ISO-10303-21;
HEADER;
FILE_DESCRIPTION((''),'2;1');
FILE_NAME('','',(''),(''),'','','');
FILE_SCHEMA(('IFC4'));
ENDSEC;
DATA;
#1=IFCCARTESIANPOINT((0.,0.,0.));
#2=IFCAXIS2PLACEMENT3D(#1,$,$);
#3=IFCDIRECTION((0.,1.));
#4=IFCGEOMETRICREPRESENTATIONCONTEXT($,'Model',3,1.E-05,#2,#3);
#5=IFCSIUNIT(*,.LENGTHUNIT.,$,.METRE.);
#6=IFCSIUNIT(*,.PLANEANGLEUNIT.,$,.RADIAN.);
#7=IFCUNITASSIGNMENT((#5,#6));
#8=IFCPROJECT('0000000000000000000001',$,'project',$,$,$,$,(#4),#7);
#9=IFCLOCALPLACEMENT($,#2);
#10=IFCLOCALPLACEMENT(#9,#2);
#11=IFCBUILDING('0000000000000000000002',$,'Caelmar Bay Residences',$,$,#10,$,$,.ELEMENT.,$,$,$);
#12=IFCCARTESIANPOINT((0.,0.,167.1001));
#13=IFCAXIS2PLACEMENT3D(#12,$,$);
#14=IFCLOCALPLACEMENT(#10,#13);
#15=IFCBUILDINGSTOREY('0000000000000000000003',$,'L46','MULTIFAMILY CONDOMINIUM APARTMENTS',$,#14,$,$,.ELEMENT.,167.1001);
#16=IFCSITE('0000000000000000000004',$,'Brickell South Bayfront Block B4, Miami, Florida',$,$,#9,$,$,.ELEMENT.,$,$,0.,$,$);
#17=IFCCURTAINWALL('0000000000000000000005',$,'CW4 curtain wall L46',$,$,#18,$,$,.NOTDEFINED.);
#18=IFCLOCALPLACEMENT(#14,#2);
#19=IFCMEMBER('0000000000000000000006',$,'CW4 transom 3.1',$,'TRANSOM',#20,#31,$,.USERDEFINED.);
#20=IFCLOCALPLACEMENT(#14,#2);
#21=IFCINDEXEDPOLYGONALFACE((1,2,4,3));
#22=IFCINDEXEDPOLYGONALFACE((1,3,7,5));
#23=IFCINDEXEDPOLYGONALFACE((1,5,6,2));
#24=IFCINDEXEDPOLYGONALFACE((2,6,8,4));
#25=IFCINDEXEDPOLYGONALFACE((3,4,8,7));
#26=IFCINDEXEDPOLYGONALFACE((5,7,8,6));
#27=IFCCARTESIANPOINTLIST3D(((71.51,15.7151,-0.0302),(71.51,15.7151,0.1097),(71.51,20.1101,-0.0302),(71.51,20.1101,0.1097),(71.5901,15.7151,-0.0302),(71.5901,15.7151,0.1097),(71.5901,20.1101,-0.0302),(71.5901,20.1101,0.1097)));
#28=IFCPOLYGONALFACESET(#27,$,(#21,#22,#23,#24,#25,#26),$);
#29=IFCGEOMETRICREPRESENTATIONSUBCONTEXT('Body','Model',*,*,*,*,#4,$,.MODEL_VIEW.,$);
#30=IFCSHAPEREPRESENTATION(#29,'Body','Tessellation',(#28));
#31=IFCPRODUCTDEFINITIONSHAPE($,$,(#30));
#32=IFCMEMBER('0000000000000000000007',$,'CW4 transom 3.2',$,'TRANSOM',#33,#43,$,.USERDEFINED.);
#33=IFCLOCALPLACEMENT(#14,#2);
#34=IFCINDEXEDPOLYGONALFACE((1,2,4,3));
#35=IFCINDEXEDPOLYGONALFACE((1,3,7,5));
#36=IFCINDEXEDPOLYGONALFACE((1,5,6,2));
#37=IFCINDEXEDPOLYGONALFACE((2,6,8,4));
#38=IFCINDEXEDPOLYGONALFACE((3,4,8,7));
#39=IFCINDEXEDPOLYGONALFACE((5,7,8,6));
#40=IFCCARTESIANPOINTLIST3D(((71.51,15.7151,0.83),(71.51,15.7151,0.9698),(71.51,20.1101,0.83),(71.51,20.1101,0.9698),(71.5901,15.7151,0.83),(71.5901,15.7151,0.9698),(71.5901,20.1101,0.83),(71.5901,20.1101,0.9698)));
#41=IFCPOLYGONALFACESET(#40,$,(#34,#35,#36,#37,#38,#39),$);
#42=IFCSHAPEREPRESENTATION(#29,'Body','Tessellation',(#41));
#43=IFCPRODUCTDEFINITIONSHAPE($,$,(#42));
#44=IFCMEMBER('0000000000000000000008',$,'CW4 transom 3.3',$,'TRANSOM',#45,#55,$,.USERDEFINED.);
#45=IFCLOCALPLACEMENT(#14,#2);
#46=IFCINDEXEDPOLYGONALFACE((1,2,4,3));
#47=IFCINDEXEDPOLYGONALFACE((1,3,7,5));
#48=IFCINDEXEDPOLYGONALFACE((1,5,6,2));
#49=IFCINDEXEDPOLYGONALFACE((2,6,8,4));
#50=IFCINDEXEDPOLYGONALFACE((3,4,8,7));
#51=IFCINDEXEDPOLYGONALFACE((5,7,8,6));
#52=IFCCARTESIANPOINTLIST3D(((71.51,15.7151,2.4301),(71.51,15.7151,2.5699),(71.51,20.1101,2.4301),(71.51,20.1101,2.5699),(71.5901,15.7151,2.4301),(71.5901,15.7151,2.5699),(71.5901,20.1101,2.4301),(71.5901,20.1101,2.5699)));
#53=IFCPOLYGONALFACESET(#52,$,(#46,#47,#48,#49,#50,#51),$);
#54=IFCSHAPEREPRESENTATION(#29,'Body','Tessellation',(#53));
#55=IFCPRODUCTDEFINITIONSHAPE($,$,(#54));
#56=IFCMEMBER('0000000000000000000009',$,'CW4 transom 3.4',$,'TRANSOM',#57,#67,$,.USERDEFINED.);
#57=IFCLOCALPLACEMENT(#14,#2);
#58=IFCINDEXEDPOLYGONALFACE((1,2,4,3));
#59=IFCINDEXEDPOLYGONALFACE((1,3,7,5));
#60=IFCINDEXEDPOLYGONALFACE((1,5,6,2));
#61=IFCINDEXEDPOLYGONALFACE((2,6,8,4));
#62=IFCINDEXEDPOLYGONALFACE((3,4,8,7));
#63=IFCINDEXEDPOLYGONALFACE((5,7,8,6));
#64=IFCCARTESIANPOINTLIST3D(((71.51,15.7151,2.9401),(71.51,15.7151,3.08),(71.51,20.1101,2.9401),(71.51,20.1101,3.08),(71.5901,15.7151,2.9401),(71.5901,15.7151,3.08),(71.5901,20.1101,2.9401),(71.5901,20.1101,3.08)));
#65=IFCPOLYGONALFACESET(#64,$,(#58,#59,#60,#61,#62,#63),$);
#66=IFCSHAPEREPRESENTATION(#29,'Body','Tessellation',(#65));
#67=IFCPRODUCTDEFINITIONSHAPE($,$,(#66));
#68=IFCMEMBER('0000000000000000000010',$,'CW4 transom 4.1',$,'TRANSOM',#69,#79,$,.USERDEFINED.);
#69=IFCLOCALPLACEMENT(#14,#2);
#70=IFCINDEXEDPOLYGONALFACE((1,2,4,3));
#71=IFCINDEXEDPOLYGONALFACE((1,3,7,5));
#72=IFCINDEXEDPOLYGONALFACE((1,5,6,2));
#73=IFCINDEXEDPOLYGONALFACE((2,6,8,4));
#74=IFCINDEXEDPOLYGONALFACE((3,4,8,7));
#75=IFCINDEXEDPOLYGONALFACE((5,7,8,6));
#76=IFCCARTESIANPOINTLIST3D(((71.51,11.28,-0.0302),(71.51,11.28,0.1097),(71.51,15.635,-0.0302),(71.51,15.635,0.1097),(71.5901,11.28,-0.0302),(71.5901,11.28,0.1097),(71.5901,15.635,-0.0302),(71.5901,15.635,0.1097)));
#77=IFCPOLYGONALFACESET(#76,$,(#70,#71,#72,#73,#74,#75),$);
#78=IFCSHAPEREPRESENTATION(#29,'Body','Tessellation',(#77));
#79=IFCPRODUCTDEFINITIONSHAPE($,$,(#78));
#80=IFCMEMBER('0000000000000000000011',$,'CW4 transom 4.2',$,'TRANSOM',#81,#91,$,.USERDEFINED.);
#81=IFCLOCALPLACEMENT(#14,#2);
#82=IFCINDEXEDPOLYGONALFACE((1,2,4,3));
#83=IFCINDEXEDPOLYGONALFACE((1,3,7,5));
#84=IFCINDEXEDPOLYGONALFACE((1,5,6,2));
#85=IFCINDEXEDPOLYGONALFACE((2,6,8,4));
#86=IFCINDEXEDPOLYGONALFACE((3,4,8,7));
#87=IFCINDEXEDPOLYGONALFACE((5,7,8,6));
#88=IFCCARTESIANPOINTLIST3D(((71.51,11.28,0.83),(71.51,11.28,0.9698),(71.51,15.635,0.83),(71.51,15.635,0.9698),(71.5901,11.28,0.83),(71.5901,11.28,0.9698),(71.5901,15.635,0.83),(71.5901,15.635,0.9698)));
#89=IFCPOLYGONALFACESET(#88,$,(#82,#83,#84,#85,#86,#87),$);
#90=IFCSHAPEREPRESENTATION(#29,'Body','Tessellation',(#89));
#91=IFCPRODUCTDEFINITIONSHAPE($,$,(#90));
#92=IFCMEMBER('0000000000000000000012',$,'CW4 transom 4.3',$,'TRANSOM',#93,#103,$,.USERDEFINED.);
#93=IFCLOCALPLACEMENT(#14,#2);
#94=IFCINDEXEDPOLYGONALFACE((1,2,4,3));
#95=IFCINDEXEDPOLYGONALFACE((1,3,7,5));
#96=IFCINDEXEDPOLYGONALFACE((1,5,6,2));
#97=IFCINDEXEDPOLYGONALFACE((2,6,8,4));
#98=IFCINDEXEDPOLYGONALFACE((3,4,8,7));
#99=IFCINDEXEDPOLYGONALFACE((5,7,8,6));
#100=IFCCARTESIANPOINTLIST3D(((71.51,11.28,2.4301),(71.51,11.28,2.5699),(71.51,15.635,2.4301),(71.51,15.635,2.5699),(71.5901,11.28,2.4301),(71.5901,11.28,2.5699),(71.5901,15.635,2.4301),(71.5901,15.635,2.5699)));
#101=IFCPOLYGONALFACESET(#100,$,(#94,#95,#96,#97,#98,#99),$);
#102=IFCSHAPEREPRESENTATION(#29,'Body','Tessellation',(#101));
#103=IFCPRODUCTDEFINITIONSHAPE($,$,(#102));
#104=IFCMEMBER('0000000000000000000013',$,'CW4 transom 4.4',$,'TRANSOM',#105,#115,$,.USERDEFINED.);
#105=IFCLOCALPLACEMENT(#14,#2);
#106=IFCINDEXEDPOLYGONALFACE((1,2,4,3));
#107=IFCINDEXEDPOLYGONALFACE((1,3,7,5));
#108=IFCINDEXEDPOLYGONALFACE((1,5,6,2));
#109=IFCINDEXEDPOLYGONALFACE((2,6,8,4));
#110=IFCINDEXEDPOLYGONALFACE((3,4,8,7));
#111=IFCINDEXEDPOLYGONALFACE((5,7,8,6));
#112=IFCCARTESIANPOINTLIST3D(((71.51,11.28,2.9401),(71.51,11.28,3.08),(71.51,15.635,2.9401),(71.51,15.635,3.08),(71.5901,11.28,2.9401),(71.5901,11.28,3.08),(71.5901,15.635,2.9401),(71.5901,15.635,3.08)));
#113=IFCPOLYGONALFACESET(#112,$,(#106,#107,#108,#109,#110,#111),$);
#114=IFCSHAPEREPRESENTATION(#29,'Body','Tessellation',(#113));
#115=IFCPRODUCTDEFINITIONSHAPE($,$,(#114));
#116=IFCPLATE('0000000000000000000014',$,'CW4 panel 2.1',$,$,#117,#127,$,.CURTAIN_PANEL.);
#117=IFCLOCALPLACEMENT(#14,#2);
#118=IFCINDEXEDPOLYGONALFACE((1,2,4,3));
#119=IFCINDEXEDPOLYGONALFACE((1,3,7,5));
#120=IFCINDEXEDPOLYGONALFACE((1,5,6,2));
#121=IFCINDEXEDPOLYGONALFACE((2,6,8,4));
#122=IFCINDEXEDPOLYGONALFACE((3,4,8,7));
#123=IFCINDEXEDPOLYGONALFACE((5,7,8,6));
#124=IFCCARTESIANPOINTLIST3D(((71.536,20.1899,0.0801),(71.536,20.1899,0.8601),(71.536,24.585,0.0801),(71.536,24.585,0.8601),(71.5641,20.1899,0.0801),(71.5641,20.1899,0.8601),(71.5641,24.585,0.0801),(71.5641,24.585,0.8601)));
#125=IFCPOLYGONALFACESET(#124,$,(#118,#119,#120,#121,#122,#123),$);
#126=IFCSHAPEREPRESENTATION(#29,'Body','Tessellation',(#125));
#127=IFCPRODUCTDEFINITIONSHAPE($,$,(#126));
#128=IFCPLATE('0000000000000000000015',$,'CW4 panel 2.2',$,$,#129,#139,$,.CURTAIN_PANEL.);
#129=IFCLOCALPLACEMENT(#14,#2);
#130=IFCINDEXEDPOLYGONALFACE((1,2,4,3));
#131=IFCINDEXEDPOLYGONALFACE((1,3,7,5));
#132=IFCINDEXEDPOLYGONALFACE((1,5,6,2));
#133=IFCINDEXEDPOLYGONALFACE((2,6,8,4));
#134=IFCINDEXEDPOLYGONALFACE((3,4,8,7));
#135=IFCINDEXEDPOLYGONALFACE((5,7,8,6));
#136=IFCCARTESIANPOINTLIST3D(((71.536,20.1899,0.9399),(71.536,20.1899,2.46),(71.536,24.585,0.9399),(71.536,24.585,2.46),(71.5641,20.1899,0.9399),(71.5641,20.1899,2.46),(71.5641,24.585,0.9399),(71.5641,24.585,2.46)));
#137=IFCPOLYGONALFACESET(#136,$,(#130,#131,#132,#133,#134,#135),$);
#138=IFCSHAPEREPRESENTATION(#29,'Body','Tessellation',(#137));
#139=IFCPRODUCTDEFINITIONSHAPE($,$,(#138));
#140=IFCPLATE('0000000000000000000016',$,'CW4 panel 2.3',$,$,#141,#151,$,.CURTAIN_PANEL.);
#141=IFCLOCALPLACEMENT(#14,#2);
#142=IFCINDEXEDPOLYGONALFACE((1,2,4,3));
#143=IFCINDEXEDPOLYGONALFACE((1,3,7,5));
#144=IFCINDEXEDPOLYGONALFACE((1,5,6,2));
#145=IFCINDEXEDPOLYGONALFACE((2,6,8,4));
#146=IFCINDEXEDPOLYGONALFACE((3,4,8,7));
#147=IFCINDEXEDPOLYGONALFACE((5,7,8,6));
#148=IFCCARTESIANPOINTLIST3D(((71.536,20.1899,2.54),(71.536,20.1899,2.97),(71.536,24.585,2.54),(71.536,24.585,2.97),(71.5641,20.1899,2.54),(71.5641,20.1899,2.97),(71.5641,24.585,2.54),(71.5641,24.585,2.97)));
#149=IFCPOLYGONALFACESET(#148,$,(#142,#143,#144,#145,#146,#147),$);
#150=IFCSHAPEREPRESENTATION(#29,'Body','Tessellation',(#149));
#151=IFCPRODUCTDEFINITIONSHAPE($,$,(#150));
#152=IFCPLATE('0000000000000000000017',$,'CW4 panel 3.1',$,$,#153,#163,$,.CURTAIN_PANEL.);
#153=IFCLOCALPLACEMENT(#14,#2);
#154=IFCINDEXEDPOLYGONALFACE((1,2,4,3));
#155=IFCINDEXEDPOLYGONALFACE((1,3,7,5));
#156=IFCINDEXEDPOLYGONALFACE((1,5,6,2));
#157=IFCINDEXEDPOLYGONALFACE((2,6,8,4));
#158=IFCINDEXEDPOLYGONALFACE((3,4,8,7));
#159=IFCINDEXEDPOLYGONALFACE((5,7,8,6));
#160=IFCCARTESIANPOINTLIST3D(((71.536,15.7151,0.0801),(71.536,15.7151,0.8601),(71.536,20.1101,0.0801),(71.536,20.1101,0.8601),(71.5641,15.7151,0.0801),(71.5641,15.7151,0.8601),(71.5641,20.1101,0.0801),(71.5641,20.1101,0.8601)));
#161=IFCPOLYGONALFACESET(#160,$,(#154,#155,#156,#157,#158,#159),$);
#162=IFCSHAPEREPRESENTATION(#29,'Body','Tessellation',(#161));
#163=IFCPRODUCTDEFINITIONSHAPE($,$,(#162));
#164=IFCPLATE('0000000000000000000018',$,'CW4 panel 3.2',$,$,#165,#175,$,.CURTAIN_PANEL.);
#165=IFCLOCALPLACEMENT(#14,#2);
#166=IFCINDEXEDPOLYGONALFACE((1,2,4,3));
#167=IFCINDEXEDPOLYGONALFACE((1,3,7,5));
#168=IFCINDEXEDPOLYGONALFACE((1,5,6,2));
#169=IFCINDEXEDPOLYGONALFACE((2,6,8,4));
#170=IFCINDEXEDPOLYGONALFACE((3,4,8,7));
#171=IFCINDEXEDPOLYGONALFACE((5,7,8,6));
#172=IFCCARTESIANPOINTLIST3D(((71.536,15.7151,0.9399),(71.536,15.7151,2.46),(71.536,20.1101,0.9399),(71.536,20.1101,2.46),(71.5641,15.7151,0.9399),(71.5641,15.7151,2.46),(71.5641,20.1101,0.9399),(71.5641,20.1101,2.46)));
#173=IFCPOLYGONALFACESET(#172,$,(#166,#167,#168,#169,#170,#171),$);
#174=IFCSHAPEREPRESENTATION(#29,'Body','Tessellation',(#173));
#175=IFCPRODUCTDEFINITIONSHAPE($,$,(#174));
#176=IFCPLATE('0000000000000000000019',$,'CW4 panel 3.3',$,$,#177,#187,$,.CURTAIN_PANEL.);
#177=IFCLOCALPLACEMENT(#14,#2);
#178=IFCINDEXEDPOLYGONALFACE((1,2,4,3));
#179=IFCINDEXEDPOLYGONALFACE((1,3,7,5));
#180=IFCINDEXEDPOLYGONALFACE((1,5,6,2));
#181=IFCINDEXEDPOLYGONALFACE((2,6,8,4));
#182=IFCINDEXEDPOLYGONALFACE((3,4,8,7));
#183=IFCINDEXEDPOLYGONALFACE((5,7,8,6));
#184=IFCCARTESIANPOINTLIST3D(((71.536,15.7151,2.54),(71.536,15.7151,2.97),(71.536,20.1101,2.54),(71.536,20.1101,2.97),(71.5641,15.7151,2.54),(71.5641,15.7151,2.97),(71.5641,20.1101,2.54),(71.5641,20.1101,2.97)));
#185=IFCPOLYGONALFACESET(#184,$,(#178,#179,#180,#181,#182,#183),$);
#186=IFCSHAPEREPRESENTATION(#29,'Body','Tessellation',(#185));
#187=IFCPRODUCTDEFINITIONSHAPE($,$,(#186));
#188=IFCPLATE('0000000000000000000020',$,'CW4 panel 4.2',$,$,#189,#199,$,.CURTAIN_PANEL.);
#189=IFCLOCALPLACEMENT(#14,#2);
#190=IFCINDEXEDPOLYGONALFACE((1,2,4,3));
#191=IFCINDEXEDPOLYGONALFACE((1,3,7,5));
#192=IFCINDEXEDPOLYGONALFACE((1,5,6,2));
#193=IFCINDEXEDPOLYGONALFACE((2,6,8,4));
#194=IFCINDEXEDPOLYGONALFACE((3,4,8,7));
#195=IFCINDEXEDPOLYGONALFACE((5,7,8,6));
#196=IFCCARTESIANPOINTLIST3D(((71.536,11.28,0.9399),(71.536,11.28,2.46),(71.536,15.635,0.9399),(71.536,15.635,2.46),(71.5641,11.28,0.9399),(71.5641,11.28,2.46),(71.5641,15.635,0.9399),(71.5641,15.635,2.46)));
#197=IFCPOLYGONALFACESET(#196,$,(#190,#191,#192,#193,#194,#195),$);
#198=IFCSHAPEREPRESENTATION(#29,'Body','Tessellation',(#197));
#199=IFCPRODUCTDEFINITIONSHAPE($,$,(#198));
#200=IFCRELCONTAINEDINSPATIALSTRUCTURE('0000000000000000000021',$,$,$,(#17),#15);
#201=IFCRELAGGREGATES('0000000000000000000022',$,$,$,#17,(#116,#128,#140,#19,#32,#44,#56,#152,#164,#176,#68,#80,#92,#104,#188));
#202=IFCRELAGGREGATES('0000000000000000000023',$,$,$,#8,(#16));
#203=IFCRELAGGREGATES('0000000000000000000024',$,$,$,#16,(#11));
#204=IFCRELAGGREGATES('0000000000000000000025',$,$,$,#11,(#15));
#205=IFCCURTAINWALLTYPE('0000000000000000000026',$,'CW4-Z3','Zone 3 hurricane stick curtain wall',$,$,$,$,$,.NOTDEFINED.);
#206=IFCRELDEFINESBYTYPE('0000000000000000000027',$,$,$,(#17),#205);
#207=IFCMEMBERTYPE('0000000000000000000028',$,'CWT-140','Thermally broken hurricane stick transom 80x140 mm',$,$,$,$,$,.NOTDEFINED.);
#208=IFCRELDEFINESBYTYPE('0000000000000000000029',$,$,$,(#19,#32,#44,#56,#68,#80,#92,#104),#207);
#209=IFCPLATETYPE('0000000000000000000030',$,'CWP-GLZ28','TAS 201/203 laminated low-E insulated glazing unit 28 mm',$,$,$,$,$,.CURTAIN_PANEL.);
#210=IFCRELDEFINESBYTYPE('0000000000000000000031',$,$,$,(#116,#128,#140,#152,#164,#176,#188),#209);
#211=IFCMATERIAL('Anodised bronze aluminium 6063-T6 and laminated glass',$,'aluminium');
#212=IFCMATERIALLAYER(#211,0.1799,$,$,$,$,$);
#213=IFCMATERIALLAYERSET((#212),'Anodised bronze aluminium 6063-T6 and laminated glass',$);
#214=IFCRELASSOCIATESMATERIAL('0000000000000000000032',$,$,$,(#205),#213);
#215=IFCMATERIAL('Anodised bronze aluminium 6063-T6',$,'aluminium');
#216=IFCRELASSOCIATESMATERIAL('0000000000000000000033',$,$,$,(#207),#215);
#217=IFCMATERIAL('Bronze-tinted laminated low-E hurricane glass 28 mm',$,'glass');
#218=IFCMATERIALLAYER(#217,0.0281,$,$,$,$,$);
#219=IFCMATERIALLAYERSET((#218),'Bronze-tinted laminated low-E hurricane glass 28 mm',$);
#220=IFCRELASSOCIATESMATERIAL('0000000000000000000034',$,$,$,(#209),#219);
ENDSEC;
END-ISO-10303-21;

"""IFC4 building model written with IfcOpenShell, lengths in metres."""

from ifc_helpers import new_model, si_unit, direction, frame, origin, origin_2d, place, context, subcontext, project, spatial, rectangle, extrude, material, layer, layer_set, material_profile, profile_set, type_object, element, aggregate, save


model = new_model("IFC4")

# Units and contexts
model_context = context("Model", 3, precision=1e-05, world=origin(), true_north=direction((0.0, 1.0)))
body_context = subcontext(model_context, "Body", "Model", "MODEL_VIEW")
ifc_project = project(units=[si_unit("LENGTHUNIT", "METRE"), si_unit("PLANEANGLEUNIT", "RADIAN")], contexts=[model_context])

# Site, building, storey
site_placement = place(None, origin())
site = spatial("IfcSite", under=ifc_project, at=site_placement, Name="Brickell South Bayfront Block B4, Miami, Florida", CompositionType="ELEMENT", RefElevation=0.0)
building_placement = place(site_placement, origin())
building = spatial("IfcBuilding", under=site, at=building_placement, Name="Caelmar Bay Residences", CompositionType="ELEMENT")
storey_placement = place(building_placement, frame((0.0, 0.0, 167.1001)))
storey = spatial("IfcBuildingStorey", under=building, at=storey_placement, Name="L46", Description="MULTIFAMILY CONDOMINIUM APARTMENTS", CompositionType="ELEMENT", Elevation=167.1001)

# Curtain wall, members, plates
ifc_material_1 = material(Name="Anodised bronze aluminium 6063-T6 and laminated glass", Category="aluminium")
ifc_layer_1 = layer(ifc_material_1, 0.1799)
ifc_layer_set_1 = layer_set([ifc_layer_1], Name="Anodised bronze aluminium 6063-T6 and laminated glass")
curtain_wall_type = type_object("IfcCurtainWallType", Name="CW4-Z3", Description="Zone 3 hurricane stick curtain wall", PredefinedType="NOTDEFINED", material=ifc_layer_set_1)
curtain_wall_placement = place(storey_placement, origin())
curtain_wall = element("IfcCurtainWall", 1, at=curtain_wall_placement, inside=storey, type_object=curtain_wall_type, Name="CW4 curtain wall L46", PredefinedType="NOTDEFINED")
ifc_material_2 = material(Name="Anodised bronze aluminium 6063-T6", Category="aluminium")
ifc_material_profile_1 = material_profile(ifc_material_2, rectangle(XDim=0.0801, YDim=0.1399, at=origin_2d()), Name="CWT-80X140")
ifc_profile_set_1 = profile_set([ifc_material_profile_1], Name="Anodised bronze aluminium 6063-T6")
member_type_1 = type_object("IfcMemberType", Name="CWT-140", Description="Thermally broken hurricane stick transom 80x140 mm", PredefinedType="NOTDEFINED", material=ifc_profile_set_1)
member_1_placement = place(storey_placement, frame((71.55, 20.1101, 0.0398), z_axis=(0.0, -1.0, 0.0), x_axis=(1.0, 0.0, 0.0)))
member_1 = element("IfcMember", 2, at=member_1_placement, type_object=member_type_1, Name="CW4 transom 3.1", ObjectType="TRANSOM", PredefinedType="USERDEFINED", context=body_context, shape_type="SweptSolid", body=[
    extrude(rectangle(XDim=0.0801, YDim=0.1399, at=origin_2d()), origin(), (0.0, 0.0, 1.0), 4.395),
])
member_2_placement = place(storey_placement, frame((71.55, 20.1101, 0.8999), z_axis=(0.0, -1.0, 0.0), x_axis=(1.0, 0.0, 0.0)))
member_2 = element("IfcMember", 3, at=member_2_placement, type_object=member_type_1, Name="CW4 transom 3.2", ObjectType="TRANSOM", PredefinedType="USERDEFINED", context=body_context, shape_type="SweptSolid", body=[
    extrude(rectangle(XDim=0.0801, YDim=0.1399, at=origin_2d()), origin(), (0.0, 0.0, 1.0), 4.395),
])
member_3_placement = place(storey_placement, frame((71.55, 20.1101, 2.5), z_axis=(0.0, -1.0, 0.0), x_axis=(1.0, 0.0, 0.0)))
member_3 = element("IfcMember", 4, at=member_3_placement, type_object=member_type_1, Name="CW4 transom 3.3", ObjectType="TRANSOM", PredefinedType="USERDEFINED", context=body_context, shape_type="SweptSolid", body=[
    extrude(rectangle(XDim=0.0801, YDim=0.1399, at=origin_2d()), origin(), (0.0, 0.0, 1.0), 4.395),
])
member_4_placement = place(storey_placement, frame((71.55, 20.1101, 3.01), z_axis=(0.0, -1.0, 0.0), x_axis=(1.0, 0.0, 0.0)))
member_4 = element("IfcMember", 5, at=member_4_placement, type_object=member_type_1, Name="CW4 transom 3.4", ObjectType="TRANSOM", PredefinedType="USERDEFINED", context=body_context, shape_type="SweptSolid", body=[
    extrude(rectangle(XDim=0.0801, YDim=0.1399, at=origin_2d()), origin(), (0.0, 0.0, 1.0), 4.395),
])
member_5_placement = place(storey_placement, frame((71.55, 15.635, 0.0398), z_axis=(0.0, -1.0, 0.0), x_axis=(1.0, 0.0, 0.0)))
member_5 = element("IfcMember", 6, at=member_5_placement, type_object=member_type_1, Name="CW4 transom 4.1", ObjectType="TRANSOM", PredefinedType="USERDEFINED", context=body_context, shape_type="SweptSolid", body=[
    extrude(rectangle(XDim=0.0801, YDim=0.1399, at=origin_2d()), origin(), (0.0, 0.0, 1.0), 4.355),
])
member_6_placement = place(storey_placement, frame((71.55, 15.635, 0.8999), z_axis=(0.0, -1.0, 0.0), x_axis=(1.0, 0.0, 0.0)))
member_6 = element("IfcMember", 7, at=member_6_placement, type_object=member_type_1, Name="CW4 transom 4.2", ObjectType="TRANSOM", PredefinedType="USERDEFINED", context=body_context, shape_type="SweptSolid", body=[
    extrude(rectangle(XDim=0.0801, YDim=0.1399, at=origin_2d()), origin(), (0.0, 0.0, 1.0), 4.355),
])
member_7_placement = place(storey_placement, frame((71.55, 15.635, 2.5), z_axis=(0.0, -1.0, 0.0), x_axis=(1.0, 0.0, 0.0)))
member_7 = element("IfcMember", 8, at=member_7_placement, type_object=member_type_1, Name="CW4 transom 4.3", ObjectType="TRANSOM", PredefinedType="USERDEFINED", context=body_context, shape_type="SweptSolid", body=[
    extrude(rectangle(XDim=0.0801, YDim=0.1399, at=origin_2d()), origin(), (0.0, 0.0, 1.0), 4.355),
])
member_8_placement = place(storey_placement, frame((71.55, 15.635, 3.01), z_axis=(0.0, -1.0, 0.0), x_axis=(1.0, 0.0, 0.0)))
member_8 = element("IfcMember", 9, at=member_8_placement, type_object=member_type_1, Name="CW4 transom 4.4", ObjectType="TRANSOM", PredefinedType="USERDEFINED", context=body_context, shape_type="SweptSolid", body=[
    extrude(rectangle(XDim=0.0801, YDim=0.1399, at=origin_2d()), origin(), (0.0, 0.0, 1.0), 4.355),
])
ifc_material_3 = material(Name="Bronze-tinted laminated low-E hurricane glass 28 mm", Category="glass")
ifc_layer_2 = layer(ifc_material_3, 0.0281)
ifc_layer_set_2 = layer_set([ifc_layer_2], Name="Bronze-tinted laminated low-E hurricane glass 28 mm")
plate_type = type_object("IfcPlateType", Name="CWP-GLZ28", Description="TAS 201/203 laminated low-E insulated glazing unit 28 mm", PredefinedType="CURTAIN_PANEL", material=ifc_layer_set_2)
plate_1_placement = place(storey_placement, frame((71.55, 22.3875, 0.0801), z_axis=(0.0, 0.0, 1.0), x_axis=(0.0, -1.0, 0.0)))
plate_1 = element("IfcPlate", 10, at=plate_1_placement, type_object=plate_type, Name="CW4 panel 2.1", PredefinedType="CURTAIN_PANEL", context=body_context, shape_type="SweptSolid", body=[
    extrude(rectangle(XDim=4.395, YDim=0.0281, at=origin_2d()), origin(), (0.0, 0.0, 1.0), 0.78),
])
plate_2_placement = place(storey_placement, frame((71.55, 22.3875, 0.9399), z_axis=(0.0, 0.0, 1.0), x_axis=(0.0, -1.0, 0.0)))
plate_2 = element("IfcPlate", 11, at=plate_2_placement, type_object=plate_type, Name="CW4 panel 2.2", PredefinedType="CURTAIN_PANEL", context=body_context, shape_type="SweptSolid", body=[
    extrude(rectangle(XDim=4.395, YDim=0.0281, at=origin_2d()), origin(), (0.0, 0.0, 1.0), 1.52),
])
plate_3_placement = place(storey_placement, frame((71.55, 22.3875, 2.54), z_axis=(0.0, 0.0, 1.0), x_axis=(0.0, -1.0, 0.0)))
plate_3 = element("IfcPlate", 12, at=plate_3_placement, type_object=plate_type, Name="CW4 panel 2.3", PredefinedType="CURTAIN_PANEL", context=body_context, shape_type="SweptSolid", body=[
    extrude(rectangle(XDim=4.395, YDim=0.0281, at=origin_2d()), origin(), (0.0, 0.0, 1.0), 0.4299),
])
plate_4_placement = place(storey_placement, frame((71.55, 17.9126, 0.0801), z_axis=(0.0, 0.0, 1.0), x_axis=(0.0, -1.0, 0.0)))
plate_4 = element("IfcPlate", 13, at=plate_4_placement, type_object=plate_type, Name="CW4 panel 3.1", PredefinedType="CURTAIN_PANEL", context=body_context, shape_type="SweptSolid", body=[
    extrude(rectangle(XDim=4.395, YDim=0.0281, at=origin_2d()), origin(), (0.0, 0.0, 1.0), 0.78),
])
plate_5_placement = place(storey_placement, frame((71.55, 17.9126, 0.9399), z_axis=(0.0, 0.0, 1.0), x_axis=(0.0, -1.0, 0.0)))
plate_5 = element("IfcPlate", 14, at=plate_5_placement, type_object=plate_type, Name="CW4 panel 3.2", PredefinedType="CURTAIN_PANEL", context=body_context, shape_type="SweptSolid", body=[
    extrude(rectangle(XDim=4.395, YDim=0.0281, at=origin_2d()), origin(), (0.0, 0.0, 1.0), 1.52),
])
plate_6_placement = place(storey_placement, frame((71.55, 17.9126, 2.54), z_axis=(0.0, 0.0, 1.0), x_axis=(0.0, -1.0, 0.0)))
plate_6 = element("IfcPlate", 15, at=plate_6_placement, type_object=plate_type, Name="CW4 panel 3.3", PredefinedType="CURTAIN_PANEL", context=body_context, shape_type="SweptSolid", body=[
    extrude(rectangle(XDim=4.395, YDim=0.0281, at=origin_2d()), origin(), (0.0, 0.0, 1.0), 0.4299),
])
plate_7_placement = place(storey_placement, frame((71.55, 13.4575, 0.9399), z_axis=(0.0, 0.0, 1.0), x_axis=(0.0, -1.0, 0.0)))
plate_7 = element("IfcPlate", 16, at=plate_7_placement, type_object=plate_type, Name="CW4 panel 4.2", PredefinedType="CURTAIN_PANEL", context=body_context, shape_type="SweptSolid", body=[
    extrude(rectangle(XDim=4.355, YDim=0.0281, at=origin_2d()), origin(), (0.0, 0.0, 1.0), 1.52),
])
aggregate(curtain_wall, [plate_1, plate_2, plate_3, member_1, member_2, member_3, member_4, plate_4, plate_5, plate_6, member_5, member_6, member_7, member_8, plate_7])

save(model, "model.ifc")
